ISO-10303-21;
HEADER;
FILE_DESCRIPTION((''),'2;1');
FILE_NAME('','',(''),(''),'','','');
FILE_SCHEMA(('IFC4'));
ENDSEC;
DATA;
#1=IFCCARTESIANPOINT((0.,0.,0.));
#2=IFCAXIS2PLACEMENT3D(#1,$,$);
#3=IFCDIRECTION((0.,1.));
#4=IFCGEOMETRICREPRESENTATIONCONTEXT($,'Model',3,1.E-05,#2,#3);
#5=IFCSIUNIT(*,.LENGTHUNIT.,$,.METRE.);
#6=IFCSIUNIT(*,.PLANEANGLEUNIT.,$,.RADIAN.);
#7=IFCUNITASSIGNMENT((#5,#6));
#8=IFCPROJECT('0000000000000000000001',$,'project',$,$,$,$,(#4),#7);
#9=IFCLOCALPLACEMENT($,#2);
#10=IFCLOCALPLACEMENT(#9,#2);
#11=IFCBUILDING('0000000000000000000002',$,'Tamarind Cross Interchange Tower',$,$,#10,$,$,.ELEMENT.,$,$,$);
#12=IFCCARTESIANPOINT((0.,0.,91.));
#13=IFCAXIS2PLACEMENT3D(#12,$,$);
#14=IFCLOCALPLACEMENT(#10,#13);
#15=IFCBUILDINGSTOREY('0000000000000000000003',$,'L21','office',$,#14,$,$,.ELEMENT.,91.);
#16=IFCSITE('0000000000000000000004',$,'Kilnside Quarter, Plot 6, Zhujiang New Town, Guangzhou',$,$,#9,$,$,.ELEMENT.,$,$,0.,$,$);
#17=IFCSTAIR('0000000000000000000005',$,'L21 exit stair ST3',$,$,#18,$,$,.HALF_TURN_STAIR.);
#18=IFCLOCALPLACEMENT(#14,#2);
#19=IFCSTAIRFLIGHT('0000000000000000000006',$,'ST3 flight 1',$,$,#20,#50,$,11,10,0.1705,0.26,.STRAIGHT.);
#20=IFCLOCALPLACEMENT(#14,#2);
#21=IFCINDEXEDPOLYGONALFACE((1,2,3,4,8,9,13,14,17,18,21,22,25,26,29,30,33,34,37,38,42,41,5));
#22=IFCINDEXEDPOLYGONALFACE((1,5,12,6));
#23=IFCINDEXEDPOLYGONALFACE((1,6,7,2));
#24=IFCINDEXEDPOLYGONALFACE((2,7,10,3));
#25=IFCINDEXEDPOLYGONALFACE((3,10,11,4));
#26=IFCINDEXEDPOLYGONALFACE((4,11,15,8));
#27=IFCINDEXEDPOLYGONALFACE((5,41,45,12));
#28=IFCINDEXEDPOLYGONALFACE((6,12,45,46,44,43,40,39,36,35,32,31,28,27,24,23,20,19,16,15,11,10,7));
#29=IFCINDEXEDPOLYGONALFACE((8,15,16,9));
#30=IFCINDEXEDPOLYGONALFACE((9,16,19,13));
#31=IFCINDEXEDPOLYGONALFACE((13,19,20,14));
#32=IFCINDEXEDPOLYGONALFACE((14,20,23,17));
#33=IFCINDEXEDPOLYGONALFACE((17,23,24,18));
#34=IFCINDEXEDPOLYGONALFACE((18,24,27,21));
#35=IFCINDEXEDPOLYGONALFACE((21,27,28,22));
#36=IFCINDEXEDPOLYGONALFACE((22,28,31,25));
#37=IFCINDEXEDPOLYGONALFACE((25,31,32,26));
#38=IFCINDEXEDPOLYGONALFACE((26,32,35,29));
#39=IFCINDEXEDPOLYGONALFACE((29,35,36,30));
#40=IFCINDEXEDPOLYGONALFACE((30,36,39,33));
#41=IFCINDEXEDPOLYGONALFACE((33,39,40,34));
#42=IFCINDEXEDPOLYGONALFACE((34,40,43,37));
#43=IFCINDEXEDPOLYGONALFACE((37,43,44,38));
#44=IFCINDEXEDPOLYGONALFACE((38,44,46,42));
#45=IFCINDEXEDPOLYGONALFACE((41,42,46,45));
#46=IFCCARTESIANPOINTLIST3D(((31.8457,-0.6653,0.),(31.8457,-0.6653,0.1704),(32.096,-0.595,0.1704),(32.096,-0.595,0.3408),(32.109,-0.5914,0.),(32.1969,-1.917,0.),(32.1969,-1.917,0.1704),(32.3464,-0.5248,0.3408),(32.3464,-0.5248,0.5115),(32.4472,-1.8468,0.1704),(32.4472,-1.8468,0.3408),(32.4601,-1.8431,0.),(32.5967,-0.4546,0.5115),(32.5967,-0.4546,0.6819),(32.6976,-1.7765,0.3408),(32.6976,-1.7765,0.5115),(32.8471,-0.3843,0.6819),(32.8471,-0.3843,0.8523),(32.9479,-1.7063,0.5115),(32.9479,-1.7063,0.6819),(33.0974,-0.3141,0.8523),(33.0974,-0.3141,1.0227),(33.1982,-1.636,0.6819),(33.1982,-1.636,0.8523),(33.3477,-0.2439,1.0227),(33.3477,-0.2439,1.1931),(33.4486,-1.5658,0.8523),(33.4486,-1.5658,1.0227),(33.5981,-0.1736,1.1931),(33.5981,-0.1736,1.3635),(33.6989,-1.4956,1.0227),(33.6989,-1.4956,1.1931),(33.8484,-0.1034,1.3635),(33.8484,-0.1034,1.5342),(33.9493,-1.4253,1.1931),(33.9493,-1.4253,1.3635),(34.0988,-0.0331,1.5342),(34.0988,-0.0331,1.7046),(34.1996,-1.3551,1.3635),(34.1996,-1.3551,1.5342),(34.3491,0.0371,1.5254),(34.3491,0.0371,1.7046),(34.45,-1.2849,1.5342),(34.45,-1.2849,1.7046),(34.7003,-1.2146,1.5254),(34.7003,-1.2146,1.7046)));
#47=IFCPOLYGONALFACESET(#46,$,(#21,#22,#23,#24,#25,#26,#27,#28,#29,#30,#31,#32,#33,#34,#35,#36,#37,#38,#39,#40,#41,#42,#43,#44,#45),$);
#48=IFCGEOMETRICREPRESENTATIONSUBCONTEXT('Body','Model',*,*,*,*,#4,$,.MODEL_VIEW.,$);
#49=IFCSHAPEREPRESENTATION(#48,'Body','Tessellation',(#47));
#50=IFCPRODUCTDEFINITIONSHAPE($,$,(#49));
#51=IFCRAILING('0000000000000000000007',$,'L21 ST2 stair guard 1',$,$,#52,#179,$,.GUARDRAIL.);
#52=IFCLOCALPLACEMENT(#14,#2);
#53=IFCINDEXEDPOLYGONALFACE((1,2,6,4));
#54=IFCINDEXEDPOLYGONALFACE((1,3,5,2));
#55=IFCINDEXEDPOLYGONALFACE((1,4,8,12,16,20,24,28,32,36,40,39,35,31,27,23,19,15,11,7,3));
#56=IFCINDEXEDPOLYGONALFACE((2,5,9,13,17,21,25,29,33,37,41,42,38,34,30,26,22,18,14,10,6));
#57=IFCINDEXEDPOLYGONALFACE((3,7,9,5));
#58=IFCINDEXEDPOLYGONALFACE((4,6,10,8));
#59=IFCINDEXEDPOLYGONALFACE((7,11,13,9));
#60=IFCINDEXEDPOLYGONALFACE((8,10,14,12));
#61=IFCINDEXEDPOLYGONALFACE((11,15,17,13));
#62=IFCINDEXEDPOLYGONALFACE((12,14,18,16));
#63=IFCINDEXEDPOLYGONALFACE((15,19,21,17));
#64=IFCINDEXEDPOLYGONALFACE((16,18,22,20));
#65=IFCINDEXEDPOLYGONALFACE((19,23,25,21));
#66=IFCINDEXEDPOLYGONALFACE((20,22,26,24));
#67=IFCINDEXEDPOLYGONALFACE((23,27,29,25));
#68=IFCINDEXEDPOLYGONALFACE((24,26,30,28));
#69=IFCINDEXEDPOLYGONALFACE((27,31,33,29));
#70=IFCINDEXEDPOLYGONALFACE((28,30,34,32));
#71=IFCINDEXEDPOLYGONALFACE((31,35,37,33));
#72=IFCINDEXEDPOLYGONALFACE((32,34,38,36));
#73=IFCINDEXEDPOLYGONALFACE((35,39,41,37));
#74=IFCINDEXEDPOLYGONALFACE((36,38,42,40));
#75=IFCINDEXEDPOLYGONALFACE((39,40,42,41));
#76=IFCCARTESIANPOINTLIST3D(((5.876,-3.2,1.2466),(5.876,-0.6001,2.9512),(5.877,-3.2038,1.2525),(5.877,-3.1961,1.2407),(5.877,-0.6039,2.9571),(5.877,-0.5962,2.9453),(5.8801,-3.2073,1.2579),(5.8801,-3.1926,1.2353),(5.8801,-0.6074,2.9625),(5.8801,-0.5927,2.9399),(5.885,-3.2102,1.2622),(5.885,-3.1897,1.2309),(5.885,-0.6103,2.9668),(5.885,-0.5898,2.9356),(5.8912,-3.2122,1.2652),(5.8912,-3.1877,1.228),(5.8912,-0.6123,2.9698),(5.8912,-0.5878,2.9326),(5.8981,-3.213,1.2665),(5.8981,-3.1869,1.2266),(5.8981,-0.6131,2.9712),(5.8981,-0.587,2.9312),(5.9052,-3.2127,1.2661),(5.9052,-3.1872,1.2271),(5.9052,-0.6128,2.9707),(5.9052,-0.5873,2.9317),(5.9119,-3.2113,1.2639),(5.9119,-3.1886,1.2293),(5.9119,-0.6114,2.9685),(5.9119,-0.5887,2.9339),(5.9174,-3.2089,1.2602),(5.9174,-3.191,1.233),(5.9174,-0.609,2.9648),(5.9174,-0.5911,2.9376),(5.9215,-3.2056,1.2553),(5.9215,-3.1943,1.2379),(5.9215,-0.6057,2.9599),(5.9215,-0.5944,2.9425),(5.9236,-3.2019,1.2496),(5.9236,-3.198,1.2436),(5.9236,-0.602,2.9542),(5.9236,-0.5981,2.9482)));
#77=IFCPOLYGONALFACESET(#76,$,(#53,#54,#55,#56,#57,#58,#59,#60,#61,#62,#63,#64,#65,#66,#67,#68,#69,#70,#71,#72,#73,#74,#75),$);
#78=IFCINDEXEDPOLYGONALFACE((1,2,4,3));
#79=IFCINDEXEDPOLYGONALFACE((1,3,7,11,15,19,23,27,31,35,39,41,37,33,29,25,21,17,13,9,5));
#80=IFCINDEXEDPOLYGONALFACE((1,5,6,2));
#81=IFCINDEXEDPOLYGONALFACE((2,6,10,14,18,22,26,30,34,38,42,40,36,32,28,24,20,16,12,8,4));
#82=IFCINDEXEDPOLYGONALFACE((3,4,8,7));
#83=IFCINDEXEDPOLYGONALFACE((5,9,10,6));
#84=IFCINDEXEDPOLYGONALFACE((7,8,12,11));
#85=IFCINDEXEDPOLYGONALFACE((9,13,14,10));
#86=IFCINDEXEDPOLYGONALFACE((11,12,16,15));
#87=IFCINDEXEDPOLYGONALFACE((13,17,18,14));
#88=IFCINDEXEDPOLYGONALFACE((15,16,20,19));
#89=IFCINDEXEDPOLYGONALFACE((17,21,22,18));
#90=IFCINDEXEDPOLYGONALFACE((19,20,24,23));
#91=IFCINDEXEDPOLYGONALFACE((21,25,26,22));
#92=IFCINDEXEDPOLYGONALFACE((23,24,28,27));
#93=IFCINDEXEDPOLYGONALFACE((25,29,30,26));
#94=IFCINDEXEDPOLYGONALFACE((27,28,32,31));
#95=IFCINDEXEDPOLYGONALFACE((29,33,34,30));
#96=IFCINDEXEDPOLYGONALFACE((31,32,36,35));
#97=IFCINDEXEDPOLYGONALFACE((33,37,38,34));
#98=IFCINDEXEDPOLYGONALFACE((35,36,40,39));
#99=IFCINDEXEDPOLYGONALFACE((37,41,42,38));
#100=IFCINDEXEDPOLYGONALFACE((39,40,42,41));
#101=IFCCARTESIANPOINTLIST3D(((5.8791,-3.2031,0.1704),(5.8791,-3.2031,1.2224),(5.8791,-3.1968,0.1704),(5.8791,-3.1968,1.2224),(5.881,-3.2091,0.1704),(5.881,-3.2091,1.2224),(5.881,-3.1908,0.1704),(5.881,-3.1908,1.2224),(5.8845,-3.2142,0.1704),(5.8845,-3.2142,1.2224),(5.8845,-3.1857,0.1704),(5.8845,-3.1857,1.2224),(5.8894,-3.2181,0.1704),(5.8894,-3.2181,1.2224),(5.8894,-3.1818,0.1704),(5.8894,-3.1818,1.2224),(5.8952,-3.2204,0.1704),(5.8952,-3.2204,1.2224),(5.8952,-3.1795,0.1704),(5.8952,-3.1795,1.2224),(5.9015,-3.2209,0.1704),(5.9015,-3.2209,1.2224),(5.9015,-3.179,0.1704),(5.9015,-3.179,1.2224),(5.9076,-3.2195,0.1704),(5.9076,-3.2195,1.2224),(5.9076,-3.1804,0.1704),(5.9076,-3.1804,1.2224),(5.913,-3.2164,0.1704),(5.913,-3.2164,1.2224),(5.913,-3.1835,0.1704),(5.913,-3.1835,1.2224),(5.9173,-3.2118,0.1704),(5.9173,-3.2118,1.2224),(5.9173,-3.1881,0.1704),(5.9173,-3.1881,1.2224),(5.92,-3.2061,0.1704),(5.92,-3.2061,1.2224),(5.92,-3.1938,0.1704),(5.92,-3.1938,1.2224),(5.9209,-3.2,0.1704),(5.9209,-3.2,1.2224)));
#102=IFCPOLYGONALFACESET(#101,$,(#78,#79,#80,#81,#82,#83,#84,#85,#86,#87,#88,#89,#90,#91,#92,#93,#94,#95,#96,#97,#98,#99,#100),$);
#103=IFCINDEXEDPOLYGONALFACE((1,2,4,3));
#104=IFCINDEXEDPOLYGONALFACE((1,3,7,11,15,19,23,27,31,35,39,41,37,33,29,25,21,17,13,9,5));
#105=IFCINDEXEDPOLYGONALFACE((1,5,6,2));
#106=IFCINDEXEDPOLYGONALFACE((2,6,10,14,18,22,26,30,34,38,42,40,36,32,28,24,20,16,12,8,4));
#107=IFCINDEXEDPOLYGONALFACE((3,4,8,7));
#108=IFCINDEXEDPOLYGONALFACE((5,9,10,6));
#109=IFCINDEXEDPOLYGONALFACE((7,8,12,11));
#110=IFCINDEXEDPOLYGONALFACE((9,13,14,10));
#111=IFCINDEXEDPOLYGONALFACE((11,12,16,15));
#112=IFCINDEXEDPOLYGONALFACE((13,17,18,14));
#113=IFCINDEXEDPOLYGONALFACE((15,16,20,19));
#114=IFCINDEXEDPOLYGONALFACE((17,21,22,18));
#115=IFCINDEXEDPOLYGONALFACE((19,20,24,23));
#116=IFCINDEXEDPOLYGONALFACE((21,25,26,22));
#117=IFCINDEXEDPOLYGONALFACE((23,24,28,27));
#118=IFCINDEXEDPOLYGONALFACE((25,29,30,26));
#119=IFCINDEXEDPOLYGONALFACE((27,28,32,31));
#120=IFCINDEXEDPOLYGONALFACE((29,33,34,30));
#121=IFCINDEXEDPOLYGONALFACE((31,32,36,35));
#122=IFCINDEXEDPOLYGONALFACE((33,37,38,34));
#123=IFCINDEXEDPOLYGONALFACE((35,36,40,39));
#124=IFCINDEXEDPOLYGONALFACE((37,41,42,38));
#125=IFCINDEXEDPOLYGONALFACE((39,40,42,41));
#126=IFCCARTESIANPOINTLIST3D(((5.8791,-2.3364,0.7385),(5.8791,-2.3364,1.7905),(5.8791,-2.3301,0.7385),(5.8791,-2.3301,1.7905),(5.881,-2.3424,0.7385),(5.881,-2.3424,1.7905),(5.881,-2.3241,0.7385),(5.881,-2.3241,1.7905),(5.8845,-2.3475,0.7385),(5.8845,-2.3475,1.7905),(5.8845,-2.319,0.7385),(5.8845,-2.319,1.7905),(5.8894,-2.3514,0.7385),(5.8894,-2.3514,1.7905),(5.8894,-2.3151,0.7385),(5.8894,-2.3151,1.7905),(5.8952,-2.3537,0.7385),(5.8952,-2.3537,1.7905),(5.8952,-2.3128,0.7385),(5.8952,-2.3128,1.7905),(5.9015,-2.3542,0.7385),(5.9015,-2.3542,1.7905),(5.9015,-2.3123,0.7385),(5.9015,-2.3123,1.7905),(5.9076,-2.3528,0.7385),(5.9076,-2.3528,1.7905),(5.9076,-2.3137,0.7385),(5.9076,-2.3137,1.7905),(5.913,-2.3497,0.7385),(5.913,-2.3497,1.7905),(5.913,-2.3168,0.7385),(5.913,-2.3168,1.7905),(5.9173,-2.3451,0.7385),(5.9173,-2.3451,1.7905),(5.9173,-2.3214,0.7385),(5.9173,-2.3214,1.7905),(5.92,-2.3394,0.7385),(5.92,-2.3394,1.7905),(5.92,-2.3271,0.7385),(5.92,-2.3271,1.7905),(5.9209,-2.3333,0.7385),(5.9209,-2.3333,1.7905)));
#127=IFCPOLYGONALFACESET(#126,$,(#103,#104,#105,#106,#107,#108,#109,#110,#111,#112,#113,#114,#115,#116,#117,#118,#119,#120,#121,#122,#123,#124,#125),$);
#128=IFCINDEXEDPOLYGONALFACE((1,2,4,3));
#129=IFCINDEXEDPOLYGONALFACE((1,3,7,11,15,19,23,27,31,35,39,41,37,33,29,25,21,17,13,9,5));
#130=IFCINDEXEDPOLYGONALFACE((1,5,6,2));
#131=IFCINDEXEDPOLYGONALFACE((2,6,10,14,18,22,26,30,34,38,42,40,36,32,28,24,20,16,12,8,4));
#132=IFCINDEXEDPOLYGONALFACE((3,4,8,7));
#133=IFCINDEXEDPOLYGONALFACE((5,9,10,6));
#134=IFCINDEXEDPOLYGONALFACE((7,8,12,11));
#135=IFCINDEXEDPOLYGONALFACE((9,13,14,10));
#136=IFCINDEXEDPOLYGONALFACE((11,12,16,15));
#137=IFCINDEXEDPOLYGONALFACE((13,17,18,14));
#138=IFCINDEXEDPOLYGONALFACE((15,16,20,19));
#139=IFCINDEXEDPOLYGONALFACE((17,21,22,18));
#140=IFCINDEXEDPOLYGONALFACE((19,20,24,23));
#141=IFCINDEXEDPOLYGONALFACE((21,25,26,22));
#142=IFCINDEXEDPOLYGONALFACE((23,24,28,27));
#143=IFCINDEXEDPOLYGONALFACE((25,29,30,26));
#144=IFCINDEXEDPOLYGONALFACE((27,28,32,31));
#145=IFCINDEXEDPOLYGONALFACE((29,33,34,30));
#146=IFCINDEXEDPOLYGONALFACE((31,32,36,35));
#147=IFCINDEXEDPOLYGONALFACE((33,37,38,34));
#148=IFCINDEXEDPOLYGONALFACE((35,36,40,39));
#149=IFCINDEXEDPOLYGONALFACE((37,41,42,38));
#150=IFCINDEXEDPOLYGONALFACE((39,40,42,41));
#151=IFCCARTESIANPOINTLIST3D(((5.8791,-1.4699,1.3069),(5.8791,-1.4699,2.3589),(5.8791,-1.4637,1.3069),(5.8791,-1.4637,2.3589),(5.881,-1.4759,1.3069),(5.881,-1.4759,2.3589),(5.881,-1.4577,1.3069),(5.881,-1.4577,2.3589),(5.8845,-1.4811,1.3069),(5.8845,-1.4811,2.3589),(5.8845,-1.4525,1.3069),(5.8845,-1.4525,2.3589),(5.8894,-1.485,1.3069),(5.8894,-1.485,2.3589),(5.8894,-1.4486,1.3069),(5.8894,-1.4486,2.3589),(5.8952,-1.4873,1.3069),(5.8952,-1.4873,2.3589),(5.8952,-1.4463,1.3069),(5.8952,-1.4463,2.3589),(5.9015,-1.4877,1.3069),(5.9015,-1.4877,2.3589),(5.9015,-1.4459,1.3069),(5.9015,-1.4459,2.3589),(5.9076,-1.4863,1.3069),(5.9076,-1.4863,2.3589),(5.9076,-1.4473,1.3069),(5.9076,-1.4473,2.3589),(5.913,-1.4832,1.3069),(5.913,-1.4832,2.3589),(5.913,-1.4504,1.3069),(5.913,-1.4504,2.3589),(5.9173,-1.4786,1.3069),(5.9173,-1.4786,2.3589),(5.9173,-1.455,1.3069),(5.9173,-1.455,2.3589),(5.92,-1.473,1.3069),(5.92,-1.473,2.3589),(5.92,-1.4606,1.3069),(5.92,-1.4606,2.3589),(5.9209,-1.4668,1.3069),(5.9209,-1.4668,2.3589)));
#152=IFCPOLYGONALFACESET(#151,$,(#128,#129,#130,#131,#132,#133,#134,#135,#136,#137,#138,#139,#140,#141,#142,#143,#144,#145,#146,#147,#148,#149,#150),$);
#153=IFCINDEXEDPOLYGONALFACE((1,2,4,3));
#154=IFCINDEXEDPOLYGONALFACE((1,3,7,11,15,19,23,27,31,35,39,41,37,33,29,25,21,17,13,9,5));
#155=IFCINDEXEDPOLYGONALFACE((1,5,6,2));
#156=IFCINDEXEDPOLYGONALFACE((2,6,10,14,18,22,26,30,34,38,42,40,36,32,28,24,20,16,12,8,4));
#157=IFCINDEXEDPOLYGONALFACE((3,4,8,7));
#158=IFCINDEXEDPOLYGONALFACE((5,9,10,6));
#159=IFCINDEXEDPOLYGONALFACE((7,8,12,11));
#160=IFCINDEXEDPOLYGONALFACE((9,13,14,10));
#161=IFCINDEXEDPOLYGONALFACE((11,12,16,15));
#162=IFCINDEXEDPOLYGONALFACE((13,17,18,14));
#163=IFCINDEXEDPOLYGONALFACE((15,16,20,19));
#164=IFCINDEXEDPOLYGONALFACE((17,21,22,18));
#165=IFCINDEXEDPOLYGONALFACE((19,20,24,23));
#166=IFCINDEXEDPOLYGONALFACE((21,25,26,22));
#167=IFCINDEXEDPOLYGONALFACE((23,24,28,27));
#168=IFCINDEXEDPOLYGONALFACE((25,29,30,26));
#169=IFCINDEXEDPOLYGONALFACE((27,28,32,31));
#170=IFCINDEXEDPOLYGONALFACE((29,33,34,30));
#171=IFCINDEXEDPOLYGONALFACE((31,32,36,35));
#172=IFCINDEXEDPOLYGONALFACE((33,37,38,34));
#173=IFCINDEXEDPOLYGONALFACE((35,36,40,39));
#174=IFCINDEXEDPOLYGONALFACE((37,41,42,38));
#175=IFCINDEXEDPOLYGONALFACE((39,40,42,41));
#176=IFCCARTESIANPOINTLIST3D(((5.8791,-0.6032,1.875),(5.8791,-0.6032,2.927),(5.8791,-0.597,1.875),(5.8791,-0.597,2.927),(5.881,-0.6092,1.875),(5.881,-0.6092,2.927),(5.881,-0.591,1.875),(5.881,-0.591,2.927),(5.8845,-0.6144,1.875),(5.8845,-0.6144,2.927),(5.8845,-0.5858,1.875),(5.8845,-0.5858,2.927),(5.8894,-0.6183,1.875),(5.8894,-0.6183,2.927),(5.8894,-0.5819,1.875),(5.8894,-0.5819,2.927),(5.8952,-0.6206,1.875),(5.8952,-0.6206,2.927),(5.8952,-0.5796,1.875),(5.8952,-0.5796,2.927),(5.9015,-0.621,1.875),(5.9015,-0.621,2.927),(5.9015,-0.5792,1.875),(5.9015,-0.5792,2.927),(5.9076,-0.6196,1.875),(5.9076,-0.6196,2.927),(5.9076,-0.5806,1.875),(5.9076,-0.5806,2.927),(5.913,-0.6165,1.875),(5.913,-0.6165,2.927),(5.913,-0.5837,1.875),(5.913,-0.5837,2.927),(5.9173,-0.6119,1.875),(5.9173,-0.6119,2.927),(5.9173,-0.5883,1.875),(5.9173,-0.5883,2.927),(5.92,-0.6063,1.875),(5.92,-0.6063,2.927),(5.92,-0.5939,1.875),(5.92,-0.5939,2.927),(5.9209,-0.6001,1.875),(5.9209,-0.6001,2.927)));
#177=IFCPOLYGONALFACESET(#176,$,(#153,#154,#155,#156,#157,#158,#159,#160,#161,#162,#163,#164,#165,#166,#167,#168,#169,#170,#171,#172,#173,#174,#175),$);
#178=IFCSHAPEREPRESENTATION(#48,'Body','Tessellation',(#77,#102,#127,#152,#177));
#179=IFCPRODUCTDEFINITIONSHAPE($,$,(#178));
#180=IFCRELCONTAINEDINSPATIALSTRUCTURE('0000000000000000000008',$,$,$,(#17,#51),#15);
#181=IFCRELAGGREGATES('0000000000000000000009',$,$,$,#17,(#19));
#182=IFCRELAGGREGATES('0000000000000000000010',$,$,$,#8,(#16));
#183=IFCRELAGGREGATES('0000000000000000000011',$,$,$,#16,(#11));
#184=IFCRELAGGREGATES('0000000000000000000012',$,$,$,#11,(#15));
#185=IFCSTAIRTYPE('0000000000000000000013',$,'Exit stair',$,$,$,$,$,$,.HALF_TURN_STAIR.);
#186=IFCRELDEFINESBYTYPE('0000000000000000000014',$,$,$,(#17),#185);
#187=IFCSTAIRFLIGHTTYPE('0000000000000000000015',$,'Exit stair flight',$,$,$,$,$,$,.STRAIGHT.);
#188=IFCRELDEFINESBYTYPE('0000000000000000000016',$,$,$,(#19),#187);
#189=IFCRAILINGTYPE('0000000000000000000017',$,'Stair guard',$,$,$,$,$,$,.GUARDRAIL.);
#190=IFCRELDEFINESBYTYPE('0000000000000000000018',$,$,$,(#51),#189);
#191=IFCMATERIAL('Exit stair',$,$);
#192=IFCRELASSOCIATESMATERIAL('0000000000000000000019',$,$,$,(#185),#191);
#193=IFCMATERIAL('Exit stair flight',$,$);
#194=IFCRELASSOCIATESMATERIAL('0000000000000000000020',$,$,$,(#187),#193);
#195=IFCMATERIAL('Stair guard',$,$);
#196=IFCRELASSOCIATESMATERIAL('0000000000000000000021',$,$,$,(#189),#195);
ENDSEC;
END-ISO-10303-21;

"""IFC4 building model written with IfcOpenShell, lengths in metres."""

from ifc_helpers import new_model, si_unit, direction, frame, origin, origin_2d, place, context, subcontext, project, spatial, polyline, circle, outline, extrude, material, type_object, element, aggregate, save


model = new_model("IFC4")

# Units and contexts
model_context = context("Model", 3, precision=1e-05, world=origin(), true_north=direction((0.0, 1.0)))
body_context = subcontext(model_context, "Body", "Model", "MODEL_VIEW")
ifc_project = project(units=[si_unit("LENGTHUNIT", "METRE"), si_unit("PLANEANGLEUNIT", "RADIAN")], contexts=[model_context])

# Site, building, storey
site_placement = place(None, origin())
site = spatial("IfcSite", under=ifc_project, at=site_placement, Name="Kilnside Quarter, Plot 6, Zhujiang New Town, Guangzhou", CompositionType="ELEMENT", RefElevation=0.0)
building_placement = place(site_placement, origin())
building = spatial("IfcBuilding", under=site, at=building_placement, Name="Tamarind Cross Interchange Tower", CompositionType="ELEMENT")
storey_placement = place(building_placement, frame((0.0, 0.0, 91.0)))
storey = spatial("IfcBuildingStorey", under=building, at=storey_placement, Name="L21", Description="office", CompositionType="ELEMENT", Elevation=91.0)

# Shared definitions
ifc_material_1 = material(Name="Exit stair")
stair_type = type_object("IfcStairType", Name="Exit stair", PredefinedType="HALF_TURN_STAIR", material=ifc_material_1)
ifc_material_2 = material(Name="Exit stair flight")
stair_flight_type = type_object("IfcStairFlightType", Name="Exit stair flight", PredefinedType="STRAIGHT", material=ifc_material_2)

# Stair, stair flight
stair_1_placement = place(storey_placement, origin())
stair_1 = element("IfcStair", 1, at=stair_1_placement, inside=storey, type_object=stair_type, Name="L21 exit stair ST3", PredefinedType="HALF_TURN_STAIR")
stair_flight_1_placement = place(storey_placement, frame((32.0212, -1.291, 0.0), z_axis=(0.0, 0.0, 1.0), x_axis=(0.962824, 0.27013, 0.0)))
stair_flight_1 = element("IfcStairFlight", 2, at=stair_flight_1_placement, type_object=stair_flight_type, Name="ST3 flight 1", NumberOfRisers=11, NumberOfTreads=10, PredefinedType="STRAIGHT", RiserHeight=0.1705, TreadLength=0.26, context=body_context, shape_type="SweptSolid", body=[
    extrude(outline(polyline([(0.0, 0.0), (0.0, 0.1704), (0.26, 0.1704), (0.26, 0.3408), (0.52, 0.3408), (0.52, 0.5115), (0.78, 0.5115), (0.78, 0.6819), (1.04, 0.6819), (1.04, 0.8523), (1.3, 0.8523), (1.3, 1.0227), (1.5601, 1.0227), (1.5601, 1.1931), (1.8201, 1.1931), (1.8201, 1.3635), (2.0801, 1.3635), (2.0801, 1.5342), (2.3401, 1.5342), (2.3401, 1.7046), (2.6001, 1.7046), (2.6001, 1.875), (2.6001, 1.5254), (0.2734, 0.0), (0.0, 0.0)])), frame((0.0, 0.6499, 0.0), z_axis=(0.0, -1.0, 0.0), x_axis=(1.0, 0.0, 0.0)), (0.0, 0.0, 1.0), 1.3),
])
aggregate(stair_1, [stair_flight_1])

# Railing
ifc_material_3 = material(Name="Stair guard")
railing_type_1 = type_object("IfcRailingType", Name="Stair guard", PredefinedType="GUARDRAIL", material=ifc_material_3)
railing_1_placement = place(storey_placement, frame((5.8999, -3.2, 0.1704)))
element("IfcRailing", 3, at=railing_1_placement, inside=storey, type_object=railing_type_1, Name="L21 ST2 stair guard 1", PredefinedType="GUARDRAIL", context=body_context, shape_type="SweptSolid", body=[
    extrude(circle(Radius=0.0239, at=origin_2d()), frame((0.0, 0.0, 1.0762), z_axis=(0.0, 0.836279, 0.548305), x_axis=(-1.0, 0.0, 0.0)), (0.0, 0.0, 1.0), 3.1089),
    extrude(circle(Radius=0.021, at=origin_2d()), origin(), (0.0, 0.0, 1.0), 1.052),
    extrude(circle(Radius=0.021, at=origin_2d()), frame((0.0, 0.8667, 0.5681)), (0.0, 0.0, 1.0), 1.052),
    extrude(circle(Radius=0.021, at=origin_2d()), frame((0.0, 1.7332, 1.1365)), (0.0, 0.0, 1.0), 1.052),
    extrude(circle(Radius=0.021, at=origin_2d()), frame((0.0, 2.5999, 1.7046)), (0.0, 0.0, 1.0), 1.052),
])

save(model, "model.ifc")
